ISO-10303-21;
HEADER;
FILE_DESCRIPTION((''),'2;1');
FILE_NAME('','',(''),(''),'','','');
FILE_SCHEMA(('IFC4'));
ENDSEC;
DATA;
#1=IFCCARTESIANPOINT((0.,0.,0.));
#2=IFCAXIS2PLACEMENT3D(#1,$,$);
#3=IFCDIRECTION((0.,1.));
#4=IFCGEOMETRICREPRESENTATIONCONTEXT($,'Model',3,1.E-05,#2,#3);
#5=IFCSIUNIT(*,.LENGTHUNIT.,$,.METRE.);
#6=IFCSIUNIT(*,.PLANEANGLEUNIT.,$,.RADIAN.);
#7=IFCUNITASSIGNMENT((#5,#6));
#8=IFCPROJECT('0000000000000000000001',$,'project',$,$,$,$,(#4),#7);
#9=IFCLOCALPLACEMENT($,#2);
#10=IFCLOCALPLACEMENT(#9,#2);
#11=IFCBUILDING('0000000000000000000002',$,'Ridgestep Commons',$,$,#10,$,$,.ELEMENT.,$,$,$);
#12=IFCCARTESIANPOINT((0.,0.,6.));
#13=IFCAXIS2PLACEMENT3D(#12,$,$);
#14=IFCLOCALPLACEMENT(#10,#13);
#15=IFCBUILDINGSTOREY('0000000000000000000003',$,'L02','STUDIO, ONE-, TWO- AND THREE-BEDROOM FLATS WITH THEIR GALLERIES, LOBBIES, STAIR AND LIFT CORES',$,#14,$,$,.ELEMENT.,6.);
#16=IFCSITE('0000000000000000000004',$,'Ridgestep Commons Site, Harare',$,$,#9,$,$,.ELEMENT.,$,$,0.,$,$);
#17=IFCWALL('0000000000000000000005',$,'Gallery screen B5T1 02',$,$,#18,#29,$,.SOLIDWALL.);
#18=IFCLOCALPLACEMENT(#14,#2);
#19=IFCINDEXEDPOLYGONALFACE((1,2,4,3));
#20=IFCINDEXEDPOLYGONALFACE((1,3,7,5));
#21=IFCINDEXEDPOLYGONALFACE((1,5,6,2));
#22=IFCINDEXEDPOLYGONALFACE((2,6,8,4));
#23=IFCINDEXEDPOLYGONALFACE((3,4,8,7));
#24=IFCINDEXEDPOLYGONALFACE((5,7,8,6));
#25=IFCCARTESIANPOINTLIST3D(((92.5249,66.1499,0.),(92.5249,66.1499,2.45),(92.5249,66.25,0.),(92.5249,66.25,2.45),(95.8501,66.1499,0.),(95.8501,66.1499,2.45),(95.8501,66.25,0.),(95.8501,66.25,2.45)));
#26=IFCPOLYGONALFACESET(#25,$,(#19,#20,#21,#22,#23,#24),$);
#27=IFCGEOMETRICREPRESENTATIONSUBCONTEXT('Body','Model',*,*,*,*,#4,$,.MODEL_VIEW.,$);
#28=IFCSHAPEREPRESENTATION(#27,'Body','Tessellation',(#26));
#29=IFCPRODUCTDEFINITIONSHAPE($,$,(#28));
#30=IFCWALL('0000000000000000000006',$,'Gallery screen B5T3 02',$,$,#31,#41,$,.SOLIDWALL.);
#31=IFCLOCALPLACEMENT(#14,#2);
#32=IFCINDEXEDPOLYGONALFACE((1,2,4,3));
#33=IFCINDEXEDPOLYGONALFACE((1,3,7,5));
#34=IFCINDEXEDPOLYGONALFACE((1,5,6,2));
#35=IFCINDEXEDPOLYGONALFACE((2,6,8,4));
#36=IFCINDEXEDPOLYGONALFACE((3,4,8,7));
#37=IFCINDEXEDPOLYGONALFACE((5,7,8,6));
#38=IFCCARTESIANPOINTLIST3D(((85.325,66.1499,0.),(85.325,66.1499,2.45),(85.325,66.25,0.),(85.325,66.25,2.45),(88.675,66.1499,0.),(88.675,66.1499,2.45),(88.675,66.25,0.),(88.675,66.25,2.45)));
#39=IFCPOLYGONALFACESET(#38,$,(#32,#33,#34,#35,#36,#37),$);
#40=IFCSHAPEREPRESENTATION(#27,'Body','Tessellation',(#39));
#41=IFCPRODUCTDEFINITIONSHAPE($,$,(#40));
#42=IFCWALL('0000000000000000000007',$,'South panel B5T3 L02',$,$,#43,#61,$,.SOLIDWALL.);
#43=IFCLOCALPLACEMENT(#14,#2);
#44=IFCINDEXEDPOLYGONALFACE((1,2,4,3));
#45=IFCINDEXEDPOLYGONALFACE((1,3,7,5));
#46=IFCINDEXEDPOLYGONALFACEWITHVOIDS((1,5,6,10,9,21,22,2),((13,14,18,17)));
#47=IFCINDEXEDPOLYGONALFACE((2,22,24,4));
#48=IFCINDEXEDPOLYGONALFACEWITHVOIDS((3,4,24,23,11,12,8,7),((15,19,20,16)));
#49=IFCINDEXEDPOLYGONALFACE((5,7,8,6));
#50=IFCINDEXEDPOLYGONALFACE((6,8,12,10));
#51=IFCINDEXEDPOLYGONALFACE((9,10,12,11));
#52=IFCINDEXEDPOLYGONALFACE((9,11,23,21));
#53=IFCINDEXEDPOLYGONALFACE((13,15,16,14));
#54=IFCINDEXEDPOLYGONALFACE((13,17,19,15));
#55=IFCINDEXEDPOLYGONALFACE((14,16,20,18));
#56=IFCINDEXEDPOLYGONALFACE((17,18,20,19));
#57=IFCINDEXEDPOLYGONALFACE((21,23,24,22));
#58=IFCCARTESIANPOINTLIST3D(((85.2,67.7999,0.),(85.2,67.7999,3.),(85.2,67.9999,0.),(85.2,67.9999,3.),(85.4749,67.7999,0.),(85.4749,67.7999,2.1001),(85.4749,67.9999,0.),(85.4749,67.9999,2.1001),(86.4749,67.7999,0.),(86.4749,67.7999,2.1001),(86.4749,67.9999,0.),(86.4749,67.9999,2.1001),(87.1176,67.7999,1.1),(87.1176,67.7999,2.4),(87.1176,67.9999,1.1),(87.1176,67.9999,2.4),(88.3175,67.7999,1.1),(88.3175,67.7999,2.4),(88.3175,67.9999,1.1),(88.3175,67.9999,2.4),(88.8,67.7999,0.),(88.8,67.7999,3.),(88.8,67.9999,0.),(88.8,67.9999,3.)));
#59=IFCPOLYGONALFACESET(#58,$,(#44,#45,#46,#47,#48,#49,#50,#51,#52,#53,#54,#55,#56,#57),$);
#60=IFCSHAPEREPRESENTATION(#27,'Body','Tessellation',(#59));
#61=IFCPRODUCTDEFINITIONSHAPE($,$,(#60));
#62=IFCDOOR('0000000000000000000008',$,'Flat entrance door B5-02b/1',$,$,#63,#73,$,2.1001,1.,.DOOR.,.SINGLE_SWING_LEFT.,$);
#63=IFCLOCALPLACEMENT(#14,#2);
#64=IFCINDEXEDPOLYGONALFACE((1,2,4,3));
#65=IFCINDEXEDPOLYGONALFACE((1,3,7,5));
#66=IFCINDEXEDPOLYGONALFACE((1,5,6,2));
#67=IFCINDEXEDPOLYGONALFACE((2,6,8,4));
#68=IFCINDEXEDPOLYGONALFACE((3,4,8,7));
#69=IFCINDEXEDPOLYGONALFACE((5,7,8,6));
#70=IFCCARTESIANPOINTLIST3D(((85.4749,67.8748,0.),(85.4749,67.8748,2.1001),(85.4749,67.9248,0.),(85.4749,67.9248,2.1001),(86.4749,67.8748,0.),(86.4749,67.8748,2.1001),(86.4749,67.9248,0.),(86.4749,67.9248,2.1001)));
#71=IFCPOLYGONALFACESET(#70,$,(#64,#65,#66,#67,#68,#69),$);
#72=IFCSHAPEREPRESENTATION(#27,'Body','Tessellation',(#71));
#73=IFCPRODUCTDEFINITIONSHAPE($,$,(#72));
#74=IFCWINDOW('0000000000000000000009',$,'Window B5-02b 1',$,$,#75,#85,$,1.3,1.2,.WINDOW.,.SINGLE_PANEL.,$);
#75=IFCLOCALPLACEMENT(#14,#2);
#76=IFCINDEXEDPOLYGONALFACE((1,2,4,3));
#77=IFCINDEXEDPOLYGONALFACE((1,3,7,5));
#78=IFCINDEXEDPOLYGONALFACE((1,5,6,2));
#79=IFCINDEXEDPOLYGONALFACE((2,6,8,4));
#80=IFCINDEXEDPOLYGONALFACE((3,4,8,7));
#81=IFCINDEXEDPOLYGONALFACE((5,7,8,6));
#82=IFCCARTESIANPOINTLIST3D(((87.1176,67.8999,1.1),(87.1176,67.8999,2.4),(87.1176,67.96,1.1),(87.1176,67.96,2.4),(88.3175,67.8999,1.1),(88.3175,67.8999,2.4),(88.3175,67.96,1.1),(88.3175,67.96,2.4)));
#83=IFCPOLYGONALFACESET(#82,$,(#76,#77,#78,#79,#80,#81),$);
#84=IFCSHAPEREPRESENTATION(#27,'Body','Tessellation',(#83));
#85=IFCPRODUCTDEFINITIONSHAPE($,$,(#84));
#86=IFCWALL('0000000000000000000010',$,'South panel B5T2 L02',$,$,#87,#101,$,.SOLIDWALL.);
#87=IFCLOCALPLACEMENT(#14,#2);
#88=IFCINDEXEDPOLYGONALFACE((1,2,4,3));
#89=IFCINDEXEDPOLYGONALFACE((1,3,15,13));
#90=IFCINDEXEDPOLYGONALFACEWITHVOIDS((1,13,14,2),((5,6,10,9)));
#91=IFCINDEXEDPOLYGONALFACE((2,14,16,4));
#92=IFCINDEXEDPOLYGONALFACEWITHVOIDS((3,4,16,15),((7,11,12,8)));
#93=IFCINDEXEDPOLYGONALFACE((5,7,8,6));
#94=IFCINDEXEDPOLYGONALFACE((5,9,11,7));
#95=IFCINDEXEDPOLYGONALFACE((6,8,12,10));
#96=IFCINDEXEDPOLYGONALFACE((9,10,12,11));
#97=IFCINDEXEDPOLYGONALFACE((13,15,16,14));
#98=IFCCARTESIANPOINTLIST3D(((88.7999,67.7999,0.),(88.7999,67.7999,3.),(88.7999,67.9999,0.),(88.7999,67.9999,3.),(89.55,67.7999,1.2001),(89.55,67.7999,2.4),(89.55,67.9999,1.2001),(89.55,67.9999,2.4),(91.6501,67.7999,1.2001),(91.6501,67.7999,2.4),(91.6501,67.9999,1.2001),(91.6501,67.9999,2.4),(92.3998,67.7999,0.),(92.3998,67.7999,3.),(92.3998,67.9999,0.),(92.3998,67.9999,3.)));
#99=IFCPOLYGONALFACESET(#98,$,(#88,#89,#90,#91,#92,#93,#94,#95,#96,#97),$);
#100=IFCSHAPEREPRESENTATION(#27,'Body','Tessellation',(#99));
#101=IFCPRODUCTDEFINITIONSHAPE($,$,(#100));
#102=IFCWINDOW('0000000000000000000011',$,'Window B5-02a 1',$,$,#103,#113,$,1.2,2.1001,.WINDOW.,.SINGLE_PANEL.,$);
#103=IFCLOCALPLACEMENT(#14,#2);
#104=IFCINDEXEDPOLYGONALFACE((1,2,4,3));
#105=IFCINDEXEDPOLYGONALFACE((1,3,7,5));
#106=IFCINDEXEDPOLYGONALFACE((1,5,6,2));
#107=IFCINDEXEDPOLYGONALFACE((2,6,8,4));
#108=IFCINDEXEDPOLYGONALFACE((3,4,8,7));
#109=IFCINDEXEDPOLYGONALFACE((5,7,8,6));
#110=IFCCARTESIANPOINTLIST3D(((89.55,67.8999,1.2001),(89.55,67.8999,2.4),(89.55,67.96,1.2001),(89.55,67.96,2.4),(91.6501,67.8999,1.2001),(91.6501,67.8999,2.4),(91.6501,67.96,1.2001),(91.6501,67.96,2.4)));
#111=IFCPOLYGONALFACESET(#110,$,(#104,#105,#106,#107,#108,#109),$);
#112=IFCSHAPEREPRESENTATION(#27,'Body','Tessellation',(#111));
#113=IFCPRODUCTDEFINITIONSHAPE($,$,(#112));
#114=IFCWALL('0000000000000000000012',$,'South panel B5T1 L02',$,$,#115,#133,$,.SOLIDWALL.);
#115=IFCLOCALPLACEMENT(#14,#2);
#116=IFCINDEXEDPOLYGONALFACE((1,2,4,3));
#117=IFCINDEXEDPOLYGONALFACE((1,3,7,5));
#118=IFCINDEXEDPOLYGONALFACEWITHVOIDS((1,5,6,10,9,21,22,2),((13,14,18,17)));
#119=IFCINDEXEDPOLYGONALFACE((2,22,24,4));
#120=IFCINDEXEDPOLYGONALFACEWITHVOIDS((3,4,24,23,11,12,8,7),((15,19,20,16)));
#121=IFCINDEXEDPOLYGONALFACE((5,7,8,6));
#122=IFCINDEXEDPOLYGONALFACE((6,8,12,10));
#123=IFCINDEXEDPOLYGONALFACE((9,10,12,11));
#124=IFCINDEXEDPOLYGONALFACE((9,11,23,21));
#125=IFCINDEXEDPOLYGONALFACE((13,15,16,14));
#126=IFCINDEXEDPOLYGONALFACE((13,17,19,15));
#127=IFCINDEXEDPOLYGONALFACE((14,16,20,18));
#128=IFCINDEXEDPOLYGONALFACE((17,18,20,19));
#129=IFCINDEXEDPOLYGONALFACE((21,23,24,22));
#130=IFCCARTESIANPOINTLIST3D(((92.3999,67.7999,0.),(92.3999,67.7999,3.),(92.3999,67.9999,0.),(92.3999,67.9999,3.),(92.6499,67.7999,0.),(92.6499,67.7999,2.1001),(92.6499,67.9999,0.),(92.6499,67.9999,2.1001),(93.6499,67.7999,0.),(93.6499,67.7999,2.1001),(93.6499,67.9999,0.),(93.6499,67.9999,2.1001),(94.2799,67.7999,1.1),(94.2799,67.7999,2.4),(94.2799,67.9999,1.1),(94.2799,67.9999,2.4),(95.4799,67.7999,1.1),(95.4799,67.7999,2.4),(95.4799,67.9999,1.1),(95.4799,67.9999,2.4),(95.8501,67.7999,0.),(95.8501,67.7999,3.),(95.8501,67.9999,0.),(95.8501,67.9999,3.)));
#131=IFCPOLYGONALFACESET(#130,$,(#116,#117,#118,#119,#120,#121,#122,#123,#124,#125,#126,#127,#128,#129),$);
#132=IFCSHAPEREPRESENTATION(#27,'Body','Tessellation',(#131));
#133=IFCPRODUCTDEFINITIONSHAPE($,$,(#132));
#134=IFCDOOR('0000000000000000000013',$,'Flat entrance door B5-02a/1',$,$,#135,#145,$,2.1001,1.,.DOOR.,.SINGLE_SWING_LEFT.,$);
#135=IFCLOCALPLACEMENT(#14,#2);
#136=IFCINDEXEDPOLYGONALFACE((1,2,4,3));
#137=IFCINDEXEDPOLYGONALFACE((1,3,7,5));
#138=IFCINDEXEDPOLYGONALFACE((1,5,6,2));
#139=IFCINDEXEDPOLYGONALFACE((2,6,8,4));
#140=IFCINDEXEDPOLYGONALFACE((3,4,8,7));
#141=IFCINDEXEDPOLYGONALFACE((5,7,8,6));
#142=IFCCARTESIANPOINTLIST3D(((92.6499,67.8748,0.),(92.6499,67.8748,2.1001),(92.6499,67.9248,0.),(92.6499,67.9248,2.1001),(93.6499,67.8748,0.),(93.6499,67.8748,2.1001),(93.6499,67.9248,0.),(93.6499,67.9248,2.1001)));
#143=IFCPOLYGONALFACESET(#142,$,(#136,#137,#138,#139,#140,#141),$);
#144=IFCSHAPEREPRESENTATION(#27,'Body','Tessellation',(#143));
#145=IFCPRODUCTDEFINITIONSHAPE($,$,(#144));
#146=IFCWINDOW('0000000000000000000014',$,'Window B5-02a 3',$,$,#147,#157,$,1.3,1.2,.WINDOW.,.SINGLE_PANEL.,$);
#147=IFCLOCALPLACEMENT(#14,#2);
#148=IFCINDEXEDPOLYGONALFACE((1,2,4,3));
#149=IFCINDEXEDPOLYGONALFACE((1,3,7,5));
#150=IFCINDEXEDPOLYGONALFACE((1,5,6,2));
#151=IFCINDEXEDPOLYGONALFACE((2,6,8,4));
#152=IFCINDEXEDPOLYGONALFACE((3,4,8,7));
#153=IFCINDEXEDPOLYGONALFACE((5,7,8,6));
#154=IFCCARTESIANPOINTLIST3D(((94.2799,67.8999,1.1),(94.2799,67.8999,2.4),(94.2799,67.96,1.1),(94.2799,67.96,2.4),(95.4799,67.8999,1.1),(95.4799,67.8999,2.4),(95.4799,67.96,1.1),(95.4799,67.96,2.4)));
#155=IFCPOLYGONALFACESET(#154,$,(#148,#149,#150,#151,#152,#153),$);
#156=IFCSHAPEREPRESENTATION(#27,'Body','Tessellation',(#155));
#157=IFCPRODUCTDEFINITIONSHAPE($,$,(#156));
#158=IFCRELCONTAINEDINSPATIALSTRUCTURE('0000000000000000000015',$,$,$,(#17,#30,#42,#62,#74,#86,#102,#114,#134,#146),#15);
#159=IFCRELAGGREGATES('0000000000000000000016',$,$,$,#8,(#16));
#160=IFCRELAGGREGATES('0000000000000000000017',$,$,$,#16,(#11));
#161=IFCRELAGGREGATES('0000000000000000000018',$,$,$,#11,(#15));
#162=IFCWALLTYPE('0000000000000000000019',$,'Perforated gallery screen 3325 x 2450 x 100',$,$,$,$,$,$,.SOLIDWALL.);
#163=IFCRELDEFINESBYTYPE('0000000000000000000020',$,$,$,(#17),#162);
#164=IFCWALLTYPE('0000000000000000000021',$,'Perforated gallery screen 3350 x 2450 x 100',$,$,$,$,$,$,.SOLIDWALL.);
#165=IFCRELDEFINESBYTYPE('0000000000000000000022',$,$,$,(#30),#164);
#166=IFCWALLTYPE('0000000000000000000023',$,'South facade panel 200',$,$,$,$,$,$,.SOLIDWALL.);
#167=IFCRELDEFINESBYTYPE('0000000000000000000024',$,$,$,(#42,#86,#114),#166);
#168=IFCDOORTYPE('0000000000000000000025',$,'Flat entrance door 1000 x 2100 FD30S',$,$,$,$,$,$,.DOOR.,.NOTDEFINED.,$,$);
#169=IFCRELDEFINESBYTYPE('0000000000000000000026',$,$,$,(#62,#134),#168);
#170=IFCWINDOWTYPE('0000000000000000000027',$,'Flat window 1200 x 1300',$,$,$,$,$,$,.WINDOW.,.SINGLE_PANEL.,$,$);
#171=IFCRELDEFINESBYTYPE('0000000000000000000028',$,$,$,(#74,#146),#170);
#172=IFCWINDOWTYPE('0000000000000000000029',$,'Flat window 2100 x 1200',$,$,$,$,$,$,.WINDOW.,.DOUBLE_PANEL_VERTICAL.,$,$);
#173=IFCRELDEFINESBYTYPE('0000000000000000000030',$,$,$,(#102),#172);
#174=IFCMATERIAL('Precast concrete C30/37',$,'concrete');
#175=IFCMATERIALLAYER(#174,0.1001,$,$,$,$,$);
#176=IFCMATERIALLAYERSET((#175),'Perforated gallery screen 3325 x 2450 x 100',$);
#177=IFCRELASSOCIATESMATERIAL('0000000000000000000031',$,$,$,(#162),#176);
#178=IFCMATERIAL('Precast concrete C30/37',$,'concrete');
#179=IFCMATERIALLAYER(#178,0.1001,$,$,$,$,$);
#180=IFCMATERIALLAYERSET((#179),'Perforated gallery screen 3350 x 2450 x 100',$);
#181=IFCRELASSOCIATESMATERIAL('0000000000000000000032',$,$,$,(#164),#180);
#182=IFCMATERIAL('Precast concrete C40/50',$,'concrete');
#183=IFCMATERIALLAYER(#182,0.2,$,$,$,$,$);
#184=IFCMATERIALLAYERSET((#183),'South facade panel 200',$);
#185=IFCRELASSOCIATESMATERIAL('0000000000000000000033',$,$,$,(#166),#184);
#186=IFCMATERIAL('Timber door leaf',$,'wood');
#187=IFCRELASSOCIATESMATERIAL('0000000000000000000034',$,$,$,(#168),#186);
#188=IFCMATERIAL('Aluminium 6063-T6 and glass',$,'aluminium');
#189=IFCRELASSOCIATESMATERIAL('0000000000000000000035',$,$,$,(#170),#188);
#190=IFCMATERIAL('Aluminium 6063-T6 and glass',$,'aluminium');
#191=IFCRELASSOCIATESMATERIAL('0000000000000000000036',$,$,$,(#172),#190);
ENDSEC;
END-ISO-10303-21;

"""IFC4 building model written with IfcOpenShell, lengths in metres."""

from ifc_helpers import new_model, si_unit, direction, frame, frame_2d, origin, place, context, subcontext, project, spatial, rectangle, extrude, material, layer, layer_set, type_object, element, fill, save


model = new_model("IFC4")

# Units and contexts
model_context = context("Model", 3, precision=1e-05, world=origin(), true_north=direction((0.0, 1.0)))
body_context = subcontext(model_context, "Body", "Model", "MODEL_VIEW")
ifc_project = project(units=[si_unit("LENGTHUNIT", "METRE"), si_unit("PLANEANGLEUNIT", "RADIAN")], contexts=[model_context])

# Site, building, storey
site_placement = place(None, origin())
site = spatial("IfcSite", under=ifc_project, at=site_placement, Name="Ridgestep Commons Site, Harare", CompositionType="ELEMENT", RefElevation=0.0)
building_placement = place(site_placement, origin())
building = spatial("IfcBuilding", under=site, at=building_placement, Name="Ridgestep Commons", CompositionType="ELEMENT")
storey_placement = place(building_placement, frame((0.0, 0.0, 6.0)))
storey = spatial("IfcBuildingStorey", under=building, at=storey_placement, Name="L02", Description="STUDIO, ONE-, TWO- AND THREE-BEDROOM FLATS WITH THEIR GALLERIES, LOBBIES, STAIR AND LIFT CORES", CompositionType="ELEMENT", Elevation=6.0)

# Walls
ifc_material_1 = material(Name="Precast concrete C30/37", Category="concrete")
ifc_layer_1 = layer(ifc_material_1, 0.1001)
ifc_layer_set_1 = layer_set([ifc_layer_1], Name="Perforated gallery screen 3325 x 2450 x 100")
wall_type_1 = type_object("IfcWallType", Name="Perforated gallery screen 3325 x 2450 x 100", PredefinedType="SOLIDWALL", material=ifc_layer_set_1)
wall_1_placement = place(storey_placement, frame((92.5249, 66.2, 0.0), z_axis=(0.0, 0.0, 1.0), x_axis=(1.0, 0.0, 0.0)))
element("IfcWall", 1, at=wall_1_placement, inside=storey, type_object=wall_type_1, Name="Gallery screen B5T1 02", PredefinedType="SOLIDWALL", context=body_context, shape_type="SweptSolid", body=[
    extrude(rectangle(XDim=3.3252, YDim=0.1001, at=frame_2d((1.6626, 0.0))), origin(), (0.0, 0.0, 1.0), 2.45),
])
ifc_material_2 = material(Name="Precast concrete C30/37", Category="concrete")
ifc_layer_2 = layer(ifc_material_2, 0.1001)
ifc_layer_set_2 = layer_set([ifc_layer_2], Name="Perforated gallery screen 3350 x 2450 x 100")
wall_type_2 = type_object("IfcWallType", Name="Perforated gallery screen 3350 x 2450 x 100", PredefinedType="SOLIDWALL", material=ifc_layer_set_2)
wall_2_placement = place(storey_placement, frame((85.325, 66.2, 0.0), z_axis=(0.0, 0.0, 1.0), x_axis=(1.0, 0.0, 0.0)))
element("IfcWall", 2, at=wall_2_placement, inside=storey, type_object=wall_type_2, Name="Gallery screen B5T3 02", PredefinedType="SOLIDWALL", context=body_context, shape_type="SweptSolid", body=[
    extrude(rectangle(XDim=3.3501, YDim=0.1001, at=frame_2d((1.675, 0.0))), origin(), (0.0, 0.0, 1.0), 2.45),
])

# Wall, openings, door, window
ifc_material_3 = material(Name="Precast concrete C40/50", Category="concrete")
ifc_layer_3 = layer(ifc_material_3, 0.2)
ifc_layer_set_3 = layer_set([ifc_layer_3], Name="South facade panel 200")
wall_type_3 = type_object("IfcWallType", Name="South facade panel 200", PredefinedType="SOLIDWALL", material=ifc_layer_set_3)
wall_3_placement = place(storey_placement, frame((85.2, 67.8999, 0.0), z_axis=(0.0, 0.0, 1.0), x_axis=(1.0, 0.0, 0.0)))
wall_3 = element("IfcWall", 3, at=wall_3_placement, inside=storey, type_object=wall_type_3, Name="South panel B5T3 L02", PredefinedType="SOLIDWALL", context=body_context, shape_type="SweptSolid", body=[
    extrude(rectangle(XDim=3.6001, YDim=0.2, at=frame_2d((1.8, 0.0))), origin(), (0.0, 0.0, 1.0), 3.0),
])
opening_1_placement = place(wall_3_placement, frame((1.9175, 0.0, 1.1001)))
opening_1 = element("IfcOpeningElement", 4, at=opening_1_placement, cuts=wall_3, PredefinedType="OPENING", context=body_context, shape_type="SweptSolid", body=[
    extrude(rectangle(XDim=1.2, YDim=1.3, at=frame_2d((0.6001, 0.6499))), frame((0.0, 0.1099, 0.0), z_axis=(0.0, -1.0, 0.0), x_axis=(1.0, 0.0, 0.0)), (0.0, 0.0, 1.0), 0.22),
])
opening_2_placement = place(wall_3_placement, frame((0.2749, 0.0, 0.0)))
opening_2 = element("IfcOpeningElement", 5, at=opening_2_placement, cuts=wall_3, PredefinedType="OPENING", context=body_context, shape_type="SweptSolid", body=[
    extrude(rectangle(XDim=1.0, YDim=2.1001, at=frame_2d((0.5, 1.05))), frame((0.0, 0.1099, 0.0), z_axis=(0.0, -1.0, 0.0), x_axis=(1.0, 0.0, 0.0)), (0.0, 0.0, 1.0), 0.22),
])
ifc_material_4 = material(Name="Timber door leaf", Category="wood")
door_type_1 = type_object("IfcDoorType", Name="Flat entrance door 1000 x 2100 FD30S", OperationType="NOTDEFINED", PredefinedType="DOOR", material=ifc_material_4)
door_1_placement = place(opening_2_placement, origin())
door_1 = element("IfcDoor", 6, at=door_1_placement, inside=storey, type_object=door_type_1, Name="Flat entrance door B5-02b/1", OperationType="SINGLE_SWING_LEFT", OverallHeight=2.1001, OverallWidth=1.0, PredefinedType="DOOR", context=body_context, shape_type="SweptSolid", body=[
    extrude(rectangle(XDim=1.0, YDim=2.1001, at=frame_2d((0.5, 1.05))), frame((0.0, 0.0249, 0.0), z_axis=(0.0, -1.0, 0.0), x_axis=(1.0, 0.0, 0.0)), (0.0, 0.0, 1.0), 0.05),
])
fill(opening_2, door_1)
ifc_material_5 = material(Name="Aluminium 6063-T6 and glass", Category="aluminium")
window_type_1 = type_object("IfcWindowType", Name="Flat window 1200 x 1300", PartitioningType="SINGLE_PANEL", PredefinedType="WINDOW", material=ifc_material_5)
window_1_placement = place(opening_1_placement, origin())
window_1 = element("IfcWindow", 7, at=window_1_placement, inside=storey, type_object=window_type_1, Name="Window B5-02b 1", OverallHeight=1.3, OverallWidth=1.2, PartitioningType="SINGLE_PANEL", PredefinedType="WINDOW", context=body_context, shape_type="SweptSolid", body=[
    extrude(rectangle(XDim=1.2, YDim=1.3, at=frame_2d((0.6001, 0.6499))), frame((0.0, 0.0601, 0.0), z_axis=(0.0, -1.0, 0.0), x_axis=(1.0, 0.0, 0.0)), (0.0, 0.0, 1.0), 0.0601),
])
fill(opening_1, window_1)

# Wall, opening, window
wall_4_placement = place(storey_placement, frame((88.8, 67.8999, 0.0), z_axis=(0.0, 0.0, 1.0), x_axis=(1.0, 0.0, 0.0)))
wall_4 = element("IfcWall", 8, at=wall_4_placement, inside=storey, type_object=wall_type_3, Name="South panel B5T2 L02", PredefinedType="SOLIDWALL", context=body_context, shape_type="SweptSolid", body=[
    extrude(rectangle(XDim=3.5999, YDim=0.2, at=frame_2d((1.7998, 0.0))), origin(), (0.0, 0.0, 1.0), 3.0),
])
opening_3_placement = place(wall_4_placement, frame((0.75, 0.0, 1.2)))
opening_3 = element("IfcOpeningElement", 9, at=opening_3_placement, cuts=wall_4, PredefinedType="OPENING", context=body_context, shape_type="SweptSolid", body=[
    extrude(rectangle(XDim=2.1001, YDim=1.2, at=frame_2d((1.05, 0.6001))), frame((0.0, 0.1099, 0.0), z_axis=(0.0, -1.0, 0.0), x_axis=(1.0, 0.0, 0.0)), (0.0, 0.0, 1.0), 0.22),
])
ifc_material_6 = material(Name="Aluminium 6063-T6 and glass", Category="aluminium")
window_type_2 = type_object("IfcWindowType", Name="Flat window 2100 x 1200", PartitioningType="DOUBLE_PANEL_VERTICAL", PredefinedType="WINDOW", material=ifc_material_6)
window_2_placement = place(opening_3_placement, origin())
window_2 = element("IfcWindow", 10, at=window_2_placement, inside=storey, type_object=window_type_2, Name="Window B5-02a 1", OverallHeight=1.2, OverallWidth=2.1001, PartitioningType="SINGLE_PANEL", PredefinedType="WINDOW", context=body_context, shape_type="SweptSolid", body=[
    extrude(rectangle(XDim=2.1001, YDim=1.2, at=frame_2d((1.05, 0.6001))), frame((0.0, 0.0601, 0.0), z_axis=(0.0, -1.0, 0.0), x_axis=(1.0, 0.0, 0.0)), (0.0, 0.0, 1.0), 0.0601),
])
fill(opening_3, window_2)

# Wall, openings, door, window
wall_5_placement = place(storey_placement, frame((92.3999, 67.8999, 0.0), z_axis=(0.0, 0.0, 1.0), x_axis=(1.0, 0.0, 0.0)))
wall_5 = element("IfcWall", 11, at=wall_5_placement, inside=storey, type_object=wall_type_3, Name="South panel B5T1 L02", PredefinedType="SOLIDWALL", context=body_context, shape_type="SweptSolid", body=[
    extrude(rectangle(XDim=3.4502, YDim=0.2, at=frame_2d((1.7251, 0.0))), origin(), (0.0, 0.0, 1.0), 3.0),
])
opening_4_placement = place(wall_5_placement, frame((1.8799, 0.0, 1.1001)))
opening_4 = element("IfcOpeningElement", 12, at=opening_4_placement, cuts=wall_5, PredefinedType="OPENING", context=body_context, shape_type="SweptSolid", body=[
    extrude(rectangle(XDim=1.2, YDim=1.3, at=frame_2d((0.6001, 0.6499))), frame((0.0, 0.1099, 0.0), z_axis=(0.0, -1.0, 0.0), x_axis=(1.0, 0.0, 0.0)), (0.0, 0.0, 1.0), 0.22),
])
opening_5_placement = place(wall_5_placement, frame((0.25, 0.0, 0.0)))
opening_5 = element("IfcOpeningElement", 13, at=opening_5_placement, cuts=wall_5, PredefinedType="OPENING", context=body_context, shape_type="SweptSolid", body=[
    extrude(rectangle(XDim=1.0, YDim=2.1001, at=frame_2d((0.5, 1.05))), frame((0.0, 0.1099, 0.0), z_axis=(0.0, -1.0, 0.0), x_axis=(1.0, 0.0, 0.0)), (0.0, 0.0, 1.0), 0.22),
])
door_2_placement = place(opening_5_placement, origin())
door_2 = element("IfcDoor", 14, at=door_2_placement, inside=storey, type_object=door_type_1, Name="Flat entrance door B5-02a/1", OperationType="SINGLE_SWING_LEFT", OverallHeight=2.1001, OverallWidth=1.0, PredefinedType="DOOR", context=body_context, shape_type="SweptSolid", body=[
    extrude(rectangle(XDim=1.0, YDim=2.1001, at=frame_2d((0.5, 1.05))), frame((0.0, 0.0249, 0.0), z_axis=(0.0, -1.0, 0.0), x_axis=(1.0, 0.0, 0.0)), (0.0, 0.0, 1.0), 0.05),
])
fill(opening_5, door_2)
window_3_placement = place(opening_4_placement, origin())
window_3 = element("IfcWindow", 15, at=window_3_placement, inside=storey, type_object=window_type_1, Name="Window B5-02a 3", OverallHeight=1.3, OverallWidth=1.2, PartitioningType="SINGLE_PANEL", PredefinedType="WINDOW", context=body_context, shape_type="SweptSolid", body=[
    extrude(rectangle(XDim=1.2, YDim=1.3, at=frame_2d((0.6001, 0.6499))), frame((0.0, 0.0601, 0.0), z_axis=(0.0, -1.0, 0.0), x_axis=(1.0, 0.0, 0.0)), (0.0, 0.0, 1.0), 0.0601),
])
fill(opening_4, window_3)

save(model, "model.ifc")
